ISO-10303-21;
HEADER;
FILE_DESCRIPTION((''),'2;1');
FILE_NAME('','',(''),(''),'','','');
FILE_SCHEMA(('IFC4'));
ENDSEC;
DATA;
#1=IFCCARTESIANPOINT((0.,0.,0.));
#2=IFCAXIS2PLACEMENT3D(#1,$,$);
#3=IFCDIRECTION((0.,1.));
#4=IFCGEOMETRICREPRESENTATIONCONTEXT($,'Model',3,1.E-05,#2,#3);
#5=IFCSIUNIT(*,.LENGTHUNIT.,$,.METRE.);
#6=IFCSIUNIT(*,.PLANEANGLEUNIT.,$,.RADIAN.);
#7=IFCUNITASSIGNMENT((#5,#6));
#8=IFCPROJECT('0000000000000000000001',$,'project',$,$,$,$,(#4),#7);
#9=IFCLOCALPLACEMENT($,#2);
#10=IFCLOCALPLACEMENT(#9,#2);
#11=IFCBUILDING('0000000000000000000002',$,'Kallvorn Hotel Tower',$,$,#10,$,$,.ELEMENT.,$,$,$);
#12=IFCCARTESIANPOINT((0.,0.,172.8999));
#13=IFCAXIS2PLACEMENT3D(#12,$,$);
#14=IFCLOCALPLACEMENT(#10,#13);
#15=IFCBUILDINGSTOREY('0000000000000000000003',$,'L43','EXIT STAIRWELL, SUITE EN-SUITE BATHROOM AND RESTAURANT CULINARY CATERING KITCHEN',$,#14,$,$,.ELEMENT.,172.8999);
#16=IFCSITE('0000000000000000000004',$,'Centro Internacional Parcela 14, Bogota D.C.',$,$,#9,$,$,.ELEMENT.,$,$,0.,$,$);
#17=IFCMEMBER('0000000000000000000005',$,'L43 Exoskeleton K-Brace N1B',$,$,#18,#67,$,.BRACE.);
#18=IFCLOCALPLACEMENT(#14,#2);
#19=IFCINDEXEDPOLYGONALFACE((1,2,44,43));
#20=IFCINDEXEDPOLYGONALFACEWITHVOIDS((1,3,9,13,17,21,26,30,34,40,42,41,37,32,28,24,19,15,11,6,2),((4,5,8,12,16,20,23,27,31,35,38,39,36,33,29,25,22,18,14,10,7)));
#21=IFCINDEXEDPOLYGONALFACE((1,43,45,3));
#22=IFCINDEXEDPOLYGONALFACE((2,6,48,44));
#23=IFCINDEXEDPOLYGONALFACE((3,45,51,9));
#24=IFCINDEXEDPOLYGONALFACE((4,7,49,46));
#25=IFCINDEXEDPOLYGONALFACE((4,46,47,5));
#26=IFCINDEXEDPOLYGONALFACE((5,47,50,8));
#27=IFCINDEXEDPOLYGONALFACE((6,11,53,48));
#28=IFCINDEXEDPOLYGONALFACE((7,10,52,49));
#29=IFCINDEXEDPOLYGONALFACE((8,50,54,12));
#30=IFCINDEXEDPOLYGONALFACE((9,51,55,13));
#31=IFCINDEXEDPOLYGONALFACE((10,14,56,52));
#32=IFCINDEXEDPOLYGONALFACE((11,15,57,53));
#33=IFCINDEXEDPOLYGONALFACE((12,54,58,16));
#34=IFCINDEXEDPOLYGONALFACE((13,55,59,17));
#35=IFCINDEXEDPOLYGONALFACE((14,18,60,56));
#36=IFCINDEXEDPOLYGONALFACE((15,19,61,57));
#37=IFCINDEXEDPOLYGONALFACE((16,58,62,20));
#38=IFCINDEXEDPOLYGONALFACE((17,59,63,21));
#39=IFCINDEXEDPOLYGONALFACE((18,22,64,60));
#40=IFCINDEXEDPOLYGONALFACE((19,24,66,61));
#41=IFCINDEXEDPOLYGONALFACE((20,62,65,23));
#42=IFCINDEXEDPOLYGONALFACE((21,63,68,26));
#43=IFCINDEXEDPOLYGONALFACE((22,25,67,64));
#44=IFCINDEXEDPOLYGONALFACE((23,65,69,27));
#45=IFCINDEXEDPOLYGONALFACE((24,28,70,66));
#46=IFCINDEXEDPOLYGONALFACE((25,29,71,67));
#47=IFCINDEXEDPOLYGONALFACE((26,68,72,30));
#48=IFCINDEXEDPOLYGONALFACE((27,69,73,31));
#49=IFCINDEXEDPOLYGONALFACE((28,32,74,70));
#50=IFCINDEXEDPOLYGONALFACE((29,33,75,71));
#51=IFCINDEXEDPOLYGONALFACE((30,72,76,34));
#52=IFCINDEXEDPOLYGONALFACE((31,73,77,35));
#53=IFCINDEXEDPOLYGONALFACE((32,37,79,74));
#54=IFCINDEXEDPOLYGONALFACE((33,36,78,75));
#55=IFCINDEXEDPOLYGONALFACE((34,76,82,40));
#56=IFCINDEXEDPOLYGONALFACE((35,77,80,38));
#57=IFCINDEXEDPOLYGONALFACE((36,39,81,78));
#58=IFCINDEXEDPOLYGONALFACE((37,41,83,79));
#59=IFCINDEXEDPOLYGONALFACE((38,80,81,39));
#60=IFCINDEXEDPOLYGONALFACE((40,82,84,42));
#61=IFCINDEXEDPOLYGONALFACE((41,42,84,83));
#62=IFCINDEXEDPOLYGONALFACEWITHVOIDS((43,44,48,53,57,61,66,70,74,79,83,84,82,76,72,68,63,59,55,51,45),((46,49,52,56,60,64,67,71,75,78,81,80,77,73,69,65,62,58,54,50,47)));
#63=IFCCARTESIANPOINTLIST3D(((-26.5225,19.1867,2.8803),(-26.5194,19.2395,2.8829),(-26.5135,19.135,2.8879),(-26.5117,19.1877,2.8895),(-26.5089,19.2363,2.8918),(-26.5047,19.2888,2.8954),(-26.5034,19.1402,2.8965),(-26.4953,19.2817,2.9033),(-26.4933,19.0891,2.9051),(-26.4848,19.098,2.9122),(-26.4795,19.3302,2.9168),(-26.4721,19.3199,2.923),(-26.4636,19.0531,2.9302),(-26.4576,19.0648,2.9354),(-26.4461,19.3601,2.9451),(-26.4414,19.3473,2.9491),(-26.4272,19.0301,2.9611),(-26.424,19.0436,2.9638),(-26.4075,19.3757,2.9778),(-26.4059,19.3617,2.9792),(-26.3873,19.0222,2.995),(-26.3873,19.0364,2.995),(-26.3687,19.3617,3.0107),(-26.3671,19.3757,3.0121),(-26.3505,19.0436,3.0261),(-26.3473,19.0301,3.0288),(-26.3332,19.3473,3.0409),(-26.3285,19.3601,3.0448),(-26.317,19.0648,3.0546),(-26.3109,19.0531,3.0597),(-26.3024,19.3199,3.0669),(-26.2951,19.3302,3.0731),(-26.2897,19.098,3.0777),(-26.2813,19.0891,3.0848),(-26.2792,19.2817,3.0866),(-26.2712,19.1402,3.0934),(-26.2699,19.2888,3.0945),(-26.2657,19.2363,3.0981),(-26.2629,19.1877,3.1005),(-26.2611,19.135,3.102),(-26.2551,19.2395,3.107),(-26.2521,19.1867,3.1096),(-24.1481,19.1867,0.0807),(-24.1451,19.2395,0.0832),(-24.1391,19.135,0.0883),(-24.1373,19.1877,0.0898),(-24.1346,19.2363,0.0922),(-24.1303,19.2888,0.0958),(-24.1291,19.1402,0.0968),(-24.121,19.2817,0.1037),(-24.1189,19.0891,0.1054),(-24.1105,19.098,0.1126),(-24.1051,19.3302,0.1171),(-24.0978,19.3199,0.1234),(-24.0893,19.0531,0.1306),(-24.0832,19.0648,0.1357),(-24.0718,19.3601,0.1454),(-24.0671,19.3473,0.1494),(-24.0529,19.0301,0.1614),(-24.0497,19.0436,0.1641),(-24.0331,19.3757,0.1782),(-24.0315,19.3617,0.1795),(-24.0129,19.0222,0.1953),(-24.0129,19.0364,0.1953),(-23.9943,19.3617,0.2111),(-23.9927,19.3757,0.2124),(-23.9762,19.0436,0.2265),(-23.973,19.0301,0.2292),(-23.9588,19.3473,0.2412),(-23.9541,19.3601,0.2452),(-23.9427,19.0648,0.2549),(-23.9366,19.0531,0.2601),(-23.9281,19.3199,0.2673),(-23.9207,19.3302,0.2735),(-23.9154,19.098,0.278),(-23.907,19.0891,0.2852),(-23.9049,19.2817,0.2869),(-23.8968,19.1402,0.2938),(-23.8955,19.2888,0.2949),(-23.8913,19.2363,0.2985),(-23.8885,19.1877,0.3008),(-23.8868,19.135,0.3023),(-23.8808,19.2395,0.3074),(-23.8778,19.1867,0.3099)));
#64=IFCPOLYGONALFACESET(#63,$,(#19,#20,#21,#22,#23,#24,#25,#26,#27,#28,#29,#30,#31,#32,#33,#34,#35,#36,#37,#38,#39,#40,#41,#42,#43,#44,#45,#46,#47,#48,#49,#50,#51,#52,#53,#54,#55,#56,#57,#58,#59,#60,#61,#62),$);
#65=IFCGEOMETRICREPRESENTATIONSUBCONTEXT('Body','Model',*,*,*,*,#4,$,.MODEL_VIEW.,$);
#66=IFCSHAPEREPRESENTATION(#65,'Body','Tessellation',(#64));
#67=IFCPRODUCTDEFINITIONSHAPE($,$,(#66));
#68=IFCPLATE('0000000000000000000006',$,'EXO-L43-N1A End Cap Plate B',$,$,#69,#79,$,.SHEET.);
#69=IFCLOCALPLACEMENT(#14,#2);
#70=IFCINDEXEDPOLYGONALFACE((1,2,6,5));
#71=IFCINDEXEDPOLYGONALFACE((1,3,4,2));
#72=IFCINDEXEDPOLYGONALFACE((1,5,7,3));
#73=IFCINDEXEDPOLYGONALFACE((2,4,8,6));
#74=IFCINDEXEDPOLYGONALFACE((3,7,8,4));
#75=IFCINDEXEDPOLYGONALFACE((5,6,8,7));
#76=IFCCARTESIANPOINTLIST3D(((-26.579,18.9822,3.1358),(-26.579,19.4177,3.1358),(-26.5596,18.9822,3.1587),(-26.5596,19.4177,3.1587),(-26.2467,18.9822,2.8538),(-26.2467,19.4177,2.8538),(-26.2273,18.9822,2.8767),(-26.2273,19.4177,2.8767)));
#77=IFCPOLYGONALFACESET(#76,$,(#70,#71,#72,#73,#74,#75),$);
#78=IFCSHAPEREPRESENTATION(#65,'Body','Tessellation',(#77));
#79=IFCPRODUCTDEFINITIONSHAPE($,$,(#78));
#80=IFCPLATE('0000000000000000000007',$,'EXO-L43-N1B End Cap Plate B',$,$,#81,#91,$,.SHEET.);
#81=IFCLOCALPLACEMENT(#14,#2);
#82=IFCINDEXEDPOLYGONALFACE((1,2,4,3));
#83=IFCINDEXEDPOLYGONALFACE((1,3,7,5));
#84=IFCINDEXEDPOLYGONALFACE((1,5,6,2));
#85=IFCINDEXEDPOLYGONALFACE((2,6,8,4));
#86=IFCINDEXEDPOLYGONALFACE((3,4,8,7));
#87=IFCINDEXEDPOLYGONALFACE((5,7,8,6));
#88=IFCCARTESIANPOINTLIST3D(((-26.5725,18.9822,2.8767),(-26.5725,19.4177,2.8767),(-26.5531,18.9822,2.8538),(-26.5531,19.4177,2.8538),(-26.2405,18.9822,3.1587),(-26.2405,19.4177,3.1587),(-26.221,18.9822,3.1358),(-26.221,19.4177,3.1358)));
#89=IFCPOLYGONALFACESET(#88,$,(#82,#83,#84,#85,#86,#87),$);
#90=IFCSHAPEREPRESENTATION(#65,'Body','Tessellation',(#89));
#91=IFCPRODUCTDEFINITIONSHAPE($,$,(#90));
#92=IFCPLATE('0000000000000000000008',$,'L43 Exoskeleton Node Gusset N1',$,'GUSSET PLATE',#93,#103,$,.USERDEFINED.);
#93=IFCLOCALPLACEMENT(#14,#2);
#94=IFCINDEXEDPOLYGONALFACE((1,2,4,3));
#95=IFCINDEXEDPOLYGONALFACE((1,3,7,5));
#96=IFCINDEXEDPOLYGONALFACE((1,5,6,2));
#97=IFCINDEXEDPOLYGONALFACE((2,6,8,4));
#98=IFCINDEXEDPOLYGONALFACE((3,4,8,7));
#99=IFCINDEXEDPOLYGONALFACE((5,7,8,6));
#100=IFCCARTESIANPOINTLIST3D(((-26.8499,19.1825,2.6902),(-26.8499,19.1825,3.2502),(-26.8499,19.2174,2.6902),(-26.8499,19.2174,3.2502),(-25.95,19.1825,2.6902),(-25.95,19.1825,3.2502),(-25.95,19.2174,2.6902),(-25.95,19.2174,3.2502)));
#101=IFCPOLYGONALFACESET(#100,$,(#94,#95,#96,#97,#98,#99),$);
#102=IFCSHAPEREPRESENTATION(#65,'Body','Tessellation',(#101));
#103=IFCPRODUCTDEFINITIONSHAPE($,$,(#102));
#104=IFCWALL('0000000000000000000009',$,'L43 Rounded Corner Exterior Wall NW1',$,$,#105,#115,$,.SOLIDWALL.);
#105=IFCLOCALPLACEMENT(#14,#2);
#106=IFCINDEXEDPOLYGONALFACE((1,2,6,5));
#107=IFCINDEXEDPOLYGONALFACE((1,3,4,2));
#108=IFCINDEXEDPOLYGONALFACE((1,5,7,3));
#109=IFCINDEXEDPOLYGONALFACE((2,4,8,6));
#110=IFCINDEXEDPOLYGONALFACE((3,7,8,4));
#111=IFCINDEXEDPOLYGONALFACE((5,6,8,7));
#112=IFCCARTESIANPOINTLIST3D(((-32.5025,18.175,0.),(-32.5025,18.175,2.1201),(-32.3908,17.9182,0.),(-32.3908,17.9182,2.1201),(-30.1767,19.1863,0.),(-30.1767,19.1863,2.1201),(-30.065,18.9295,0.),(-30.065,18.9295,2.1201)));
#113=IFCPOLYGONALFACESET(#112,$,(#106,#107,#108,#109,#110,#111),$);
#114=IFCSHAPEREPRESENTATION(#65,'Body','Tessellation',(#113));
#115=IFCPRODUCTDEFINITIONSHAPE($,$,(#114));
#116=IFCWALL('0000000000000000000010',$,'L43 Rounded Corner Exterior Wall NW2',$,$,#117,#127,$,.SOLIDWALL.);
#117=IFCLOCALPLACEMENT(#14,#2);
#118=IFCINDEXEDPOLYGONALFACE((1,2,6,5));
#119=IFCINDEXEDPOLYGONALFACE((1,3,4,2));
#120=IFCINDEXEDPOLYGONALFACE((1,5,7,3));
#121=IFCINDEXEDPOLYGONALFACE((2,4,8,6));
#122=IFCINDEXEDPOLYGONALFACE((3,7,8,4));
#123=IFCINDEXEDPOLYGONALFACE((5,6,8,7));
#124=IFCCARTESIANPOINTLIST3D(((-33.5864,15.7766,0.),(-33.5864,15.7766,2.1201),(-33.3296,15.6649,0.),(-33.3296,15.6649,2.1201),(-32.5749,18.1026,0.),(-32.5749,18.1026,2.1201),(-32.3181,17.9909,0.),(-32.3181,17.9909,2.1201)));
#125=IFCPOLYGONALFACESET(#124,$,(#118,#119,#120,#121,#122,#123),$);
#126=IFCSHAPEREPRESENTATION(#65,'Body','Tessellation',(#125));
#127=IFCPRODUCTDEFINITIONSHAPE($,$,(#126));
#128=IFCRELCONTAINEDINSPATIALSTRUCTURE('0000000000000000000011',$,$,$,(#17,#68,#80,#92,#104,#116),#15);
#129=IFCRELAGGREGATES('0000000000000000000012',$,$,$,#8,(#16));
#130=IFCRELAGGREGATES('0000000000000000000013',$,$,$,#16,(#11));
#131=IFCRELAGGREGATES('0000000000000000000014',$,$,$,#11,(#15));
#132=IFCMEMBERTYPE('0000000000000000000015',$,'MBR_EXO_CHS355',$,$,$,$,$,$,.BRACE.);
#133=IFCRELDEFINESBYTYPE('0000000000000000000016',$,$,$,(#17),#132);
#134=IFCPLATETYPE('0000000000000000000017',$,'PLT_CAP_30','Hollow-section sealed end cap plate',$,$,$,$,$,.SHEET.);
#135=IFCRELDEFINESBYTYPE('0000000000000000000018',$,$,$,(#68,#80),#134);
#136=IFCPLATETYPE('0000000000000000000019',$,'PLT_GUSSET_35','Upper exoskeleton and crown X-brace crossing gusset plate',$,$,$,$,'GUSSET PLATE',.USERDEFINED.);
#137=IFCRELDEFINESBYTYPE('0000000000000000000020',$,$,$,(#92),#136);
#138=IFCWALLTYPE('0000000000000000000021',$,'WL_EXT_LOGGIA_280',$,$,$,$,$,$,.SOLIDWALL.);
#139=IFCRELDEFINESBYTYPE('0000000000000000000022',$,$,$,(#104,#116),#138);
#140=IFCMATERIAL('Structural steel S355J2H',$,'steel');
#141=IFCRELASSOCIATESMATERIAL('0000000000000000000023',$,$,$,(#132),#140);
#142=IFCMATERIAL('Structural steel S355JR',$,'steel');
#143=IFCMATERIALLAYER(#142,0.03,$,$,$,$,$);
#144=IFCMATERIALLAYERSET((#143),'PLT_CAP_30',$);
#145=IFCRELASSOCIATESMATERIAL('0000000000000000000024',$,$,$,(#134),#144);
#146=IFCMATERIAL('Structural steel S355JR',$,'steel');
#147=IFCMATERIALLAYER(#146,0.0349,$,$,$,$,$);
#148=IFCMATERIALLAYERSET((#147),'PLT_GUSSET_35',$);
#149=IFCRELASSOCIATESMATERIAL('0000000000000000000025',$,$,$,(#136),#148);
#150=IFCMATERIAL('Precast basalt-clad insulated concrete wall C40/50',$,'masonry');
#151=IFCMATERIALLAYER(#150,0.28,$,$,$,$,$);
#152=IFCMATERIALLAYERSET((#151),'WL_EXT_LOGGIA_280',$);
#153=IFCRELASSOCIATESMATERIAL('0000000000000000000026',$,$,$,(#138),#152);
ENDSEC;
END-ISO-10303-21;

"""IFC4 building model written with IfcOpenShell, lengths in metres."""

from ifc_helpers import new_model, si_unit, direction, frame, frame_2d, origin, origin_2d, place, context, subcontext, project, spatial, polyline, rectangle, hollow_circle, outline, extrude, material, layer, layer_set, material_profile, profile_set, type_object, element, save


model = new_model("IFC4")

# Units and contexts
model_context = context("Model", 3, precision=1e-05, world=origin(), true_north=direction((0.0, 1.0)))
body_context = subcontext(model_context, "Body", "Model", "MODEL_VIEW")
ifc_project = project(units=[si_unit("LENGTHUNIT", "METRE"), si_unit("PLANEANGLEUNIT", "RADIAN")], contexts=[model_context])

# Site, building, storey
site_placement = place(None, origin())
site = spatial("IfcSite", under=ifc_project, at=site_placement, Name="Centro Internacional Parcela 14, Bogota D.C.", CompositionType="ELEMENT", RefElevation=0.0)
building_placement = place(site_placement, origin())
building = spatial("IfcBuilding", under=site, at=building_placement, Name="Kallvorn Hotel Tower", CompositionType="ELEMENT")
storey_placement = place(building_placement, frame((0.0, 0.0, 172.8999)))
storey = spatial("IfcBuildingStorey", under=building, at=storey_placement, Name="L43", Description="EXIT STAIRWELL, SUITE EN-SUITE BATHROOM AND RESTAURANT CULINARY CATERING KITCHEN", CompositionType="ELEMENT", Elevation=172.8999)

# Member
ifc_material_1 = material(Name="Structural steel S355J2H", Category="steel")
ifc_material_profile_1 = material_profile(ifc_material_1, hollow_circle(Radius=0.1777, WallThickness=0.0142, at=origin_2d()), Name="CHS 355.6x14.2")
ifc_profile_set_1 = profile_set([ifc_material_profile_1], Name="Structural steel S355J2H")
member_type_1 = type_object("IfcMemberType", Name="MBR_EXO_CHS355", PredefinedType="BRACE", material=ifc_profile_set_1)
for number, where, z_axis, x_axis, name in (
    (1, (-24.0129, 19.2, 0.1953), (-0.6468, 0.0, 0.762659), (0.0, -1.0, 0.0), "L43 Exoskeleton K-Brace N1B"),
):
    element("IfcMember", number, at=place(storey_placement, frame(where, z_axis=z_axis, x_axis=x_axis)), inside=storey, type_object=member_type_1, Name=name, PredefinedType="BRACE", context=body_context, shape_type="SweptSolid", body=[
        extrude(hollow_circle(Radius=0.1777, WallThickness=0.0142, at=origin_2d()), origin(), (0.0, 0.0, 1.0), 3.6709),
    ])

# Plates
ifc_material_2 = material(Name="Structural steel S355JR", Category="steel")
ifc_layer_1 = layer(ifc_material_2, 0.03)
ifc_layer_set_1 = layer_set([ifc_layer_1], Name="PLT_CAP_30")
plate_type_1 = type_object("IfcPlateType", Name="PLT_CAP_30", Description="Hollow-section sealed end cap plate", PredefinedType="SHEET", material=ifc_layer_set_1)
plate_1_placement = place(storey_placement, frame((-26.2273, 18.9822, 2.8767), z_axis=(0.647047, 0.0, 0.762451), x_axis=(0.0, 1.0, 0.0)))
element("IfcPlate", 2, at=plate_1_placement, inside=storey, type_object=plate_type_1, Name="EXO-L43-N1A End Cap Plate B", PredefinedType="SHEET", context=body_context, shape_type="SweptSolid", body=[
    extrude(outline(polyline([(0.0, 0.0), (0.4355, 0.0), (0.4355, 0.4358), (0.0, 0.4358), (0.0, 0.0)])), origin(), (0.0, 0.0, -1.0), 0.03),
])
plate_2_placement = place(storey_placement, frame((-26.5725, 19.4177, 2.8767), z_axis=(-0.647323, 0.0, 0.762216), x_axis=(0.0, -1.0, 0.0)))
element("IfcPlate", 3, at=plate_2_placement, inside=storey, type_object=plate_type_1, Name="EXO-L43-N1B End Cap Plate B", PredefinedType="SHEET", context=body_context, shape_type="SweptSolid", body=[
    extrude(outline(polyline([(0.0, 0.0), (0.4355, 0.0), (0.4355, 0.4356), (0.0, 0.4356), (0.0, 0.0)])), origin(), (0.0, 0.0, -1.0), 0.03),
])
ifc_material_3 = material(Name="Structural steel S355JR", Category="steel")
ifc_layer_2 = layer(ifc_material_3, 0.0349)
ifc_layer_set_2 = layer_set([ifc_layer_2], Name="PLT_GUSSET_35")
plate_type_2 = type_object("IfcPlateType", Name="PLT_GUSSET_35", Description="Upper exoskeleton and crown X-brace crossing gusset plate", ElementType="GUSSET PLATE", PredefinedType="USERDEFINED", material=ifc_layer_set_2)
plate_3_placement = place(storey_placement, frame((-26.3999, 19.2, 2.6902), z_axis=(0.0, 0.0, 1.0), x_axis=(1.0, 0.0, 0.0)))
element("IfcPlate", 4, at=plate_3_placement, inside=storey, type_object=plate_type_2, Name="L43 Exoskeleton Node Gusset N1", ObjectType="GUSSET PLATE", PredefinedType="USERDEFINED", context=body_context, shape_type="SweptSolid", body=[
    extrude(rectangle(XDim=0.8999, YDim=0.0349, at=origin_2d()), origin(), (0.0, 0.0, 1.0), 0.5601),
])

# Walls
ifc_material_4 = material(Name="Precast basalt-clad insulated concrete wall C40/50", Category="masonry")
ifc_layer_3 = layer(ifc_material_4, 0.28)
ifc_layer_set_3 = layer_set([ifc_layer_3], Name="WL_EXT_LOGGIA_280")
wall_type = type_object("IfcWallType", Name="WL_EXT_LOGGIA_280", PredefinedType="SOLIDWALL", material=ifc_layer_set_3)
wall_1_placement = place(storey_placement, frame((-30.1208, 19.0579, 0.0), z_axis=(0.0, 0.0, 1.0), x_axis=(-0.917061, -0.398747, 0.0)))
element("IfcWall", 5, at=wall_1_placement, inside=storey, type_object=wall_type, Name="L43 Rounded Corner Exterior Wall NW1", PredefinedType="SOLIDWALL", context=body_context, shape_type="SweptSolid", body=[
    extrude(rectangle(XDim=2.5361, YDim=0.28, at=frame_2d((1.2681, 0.0))), origin(), (0.0, 0.0, 1.0), 2.1201),
])
wall_2_placement = place(storey_placement, frame((-32.4465, 18.0466, 0.0), z_axis=(0.0, 0.0, 1.0), x_axis=(-0.398793, -0.917041, 0.0)))
element("IfcWall", 6, at=wall_2_placement, inside=storey, type_object=wall_type, Name="L43 Rounded Corner Exterior Wall NW2", PredefinedType="SOLIDWALL", context=body_context, shape_type="SweptSolid", body=[
    extrude(rectangle(XDim=2.5364, YDim=0.28, at=frame_2d((1.2681, 0.0))), origin(), (0.0, 0.0, 1.0), 2.1201),
])

save(model, "model.ifc")
